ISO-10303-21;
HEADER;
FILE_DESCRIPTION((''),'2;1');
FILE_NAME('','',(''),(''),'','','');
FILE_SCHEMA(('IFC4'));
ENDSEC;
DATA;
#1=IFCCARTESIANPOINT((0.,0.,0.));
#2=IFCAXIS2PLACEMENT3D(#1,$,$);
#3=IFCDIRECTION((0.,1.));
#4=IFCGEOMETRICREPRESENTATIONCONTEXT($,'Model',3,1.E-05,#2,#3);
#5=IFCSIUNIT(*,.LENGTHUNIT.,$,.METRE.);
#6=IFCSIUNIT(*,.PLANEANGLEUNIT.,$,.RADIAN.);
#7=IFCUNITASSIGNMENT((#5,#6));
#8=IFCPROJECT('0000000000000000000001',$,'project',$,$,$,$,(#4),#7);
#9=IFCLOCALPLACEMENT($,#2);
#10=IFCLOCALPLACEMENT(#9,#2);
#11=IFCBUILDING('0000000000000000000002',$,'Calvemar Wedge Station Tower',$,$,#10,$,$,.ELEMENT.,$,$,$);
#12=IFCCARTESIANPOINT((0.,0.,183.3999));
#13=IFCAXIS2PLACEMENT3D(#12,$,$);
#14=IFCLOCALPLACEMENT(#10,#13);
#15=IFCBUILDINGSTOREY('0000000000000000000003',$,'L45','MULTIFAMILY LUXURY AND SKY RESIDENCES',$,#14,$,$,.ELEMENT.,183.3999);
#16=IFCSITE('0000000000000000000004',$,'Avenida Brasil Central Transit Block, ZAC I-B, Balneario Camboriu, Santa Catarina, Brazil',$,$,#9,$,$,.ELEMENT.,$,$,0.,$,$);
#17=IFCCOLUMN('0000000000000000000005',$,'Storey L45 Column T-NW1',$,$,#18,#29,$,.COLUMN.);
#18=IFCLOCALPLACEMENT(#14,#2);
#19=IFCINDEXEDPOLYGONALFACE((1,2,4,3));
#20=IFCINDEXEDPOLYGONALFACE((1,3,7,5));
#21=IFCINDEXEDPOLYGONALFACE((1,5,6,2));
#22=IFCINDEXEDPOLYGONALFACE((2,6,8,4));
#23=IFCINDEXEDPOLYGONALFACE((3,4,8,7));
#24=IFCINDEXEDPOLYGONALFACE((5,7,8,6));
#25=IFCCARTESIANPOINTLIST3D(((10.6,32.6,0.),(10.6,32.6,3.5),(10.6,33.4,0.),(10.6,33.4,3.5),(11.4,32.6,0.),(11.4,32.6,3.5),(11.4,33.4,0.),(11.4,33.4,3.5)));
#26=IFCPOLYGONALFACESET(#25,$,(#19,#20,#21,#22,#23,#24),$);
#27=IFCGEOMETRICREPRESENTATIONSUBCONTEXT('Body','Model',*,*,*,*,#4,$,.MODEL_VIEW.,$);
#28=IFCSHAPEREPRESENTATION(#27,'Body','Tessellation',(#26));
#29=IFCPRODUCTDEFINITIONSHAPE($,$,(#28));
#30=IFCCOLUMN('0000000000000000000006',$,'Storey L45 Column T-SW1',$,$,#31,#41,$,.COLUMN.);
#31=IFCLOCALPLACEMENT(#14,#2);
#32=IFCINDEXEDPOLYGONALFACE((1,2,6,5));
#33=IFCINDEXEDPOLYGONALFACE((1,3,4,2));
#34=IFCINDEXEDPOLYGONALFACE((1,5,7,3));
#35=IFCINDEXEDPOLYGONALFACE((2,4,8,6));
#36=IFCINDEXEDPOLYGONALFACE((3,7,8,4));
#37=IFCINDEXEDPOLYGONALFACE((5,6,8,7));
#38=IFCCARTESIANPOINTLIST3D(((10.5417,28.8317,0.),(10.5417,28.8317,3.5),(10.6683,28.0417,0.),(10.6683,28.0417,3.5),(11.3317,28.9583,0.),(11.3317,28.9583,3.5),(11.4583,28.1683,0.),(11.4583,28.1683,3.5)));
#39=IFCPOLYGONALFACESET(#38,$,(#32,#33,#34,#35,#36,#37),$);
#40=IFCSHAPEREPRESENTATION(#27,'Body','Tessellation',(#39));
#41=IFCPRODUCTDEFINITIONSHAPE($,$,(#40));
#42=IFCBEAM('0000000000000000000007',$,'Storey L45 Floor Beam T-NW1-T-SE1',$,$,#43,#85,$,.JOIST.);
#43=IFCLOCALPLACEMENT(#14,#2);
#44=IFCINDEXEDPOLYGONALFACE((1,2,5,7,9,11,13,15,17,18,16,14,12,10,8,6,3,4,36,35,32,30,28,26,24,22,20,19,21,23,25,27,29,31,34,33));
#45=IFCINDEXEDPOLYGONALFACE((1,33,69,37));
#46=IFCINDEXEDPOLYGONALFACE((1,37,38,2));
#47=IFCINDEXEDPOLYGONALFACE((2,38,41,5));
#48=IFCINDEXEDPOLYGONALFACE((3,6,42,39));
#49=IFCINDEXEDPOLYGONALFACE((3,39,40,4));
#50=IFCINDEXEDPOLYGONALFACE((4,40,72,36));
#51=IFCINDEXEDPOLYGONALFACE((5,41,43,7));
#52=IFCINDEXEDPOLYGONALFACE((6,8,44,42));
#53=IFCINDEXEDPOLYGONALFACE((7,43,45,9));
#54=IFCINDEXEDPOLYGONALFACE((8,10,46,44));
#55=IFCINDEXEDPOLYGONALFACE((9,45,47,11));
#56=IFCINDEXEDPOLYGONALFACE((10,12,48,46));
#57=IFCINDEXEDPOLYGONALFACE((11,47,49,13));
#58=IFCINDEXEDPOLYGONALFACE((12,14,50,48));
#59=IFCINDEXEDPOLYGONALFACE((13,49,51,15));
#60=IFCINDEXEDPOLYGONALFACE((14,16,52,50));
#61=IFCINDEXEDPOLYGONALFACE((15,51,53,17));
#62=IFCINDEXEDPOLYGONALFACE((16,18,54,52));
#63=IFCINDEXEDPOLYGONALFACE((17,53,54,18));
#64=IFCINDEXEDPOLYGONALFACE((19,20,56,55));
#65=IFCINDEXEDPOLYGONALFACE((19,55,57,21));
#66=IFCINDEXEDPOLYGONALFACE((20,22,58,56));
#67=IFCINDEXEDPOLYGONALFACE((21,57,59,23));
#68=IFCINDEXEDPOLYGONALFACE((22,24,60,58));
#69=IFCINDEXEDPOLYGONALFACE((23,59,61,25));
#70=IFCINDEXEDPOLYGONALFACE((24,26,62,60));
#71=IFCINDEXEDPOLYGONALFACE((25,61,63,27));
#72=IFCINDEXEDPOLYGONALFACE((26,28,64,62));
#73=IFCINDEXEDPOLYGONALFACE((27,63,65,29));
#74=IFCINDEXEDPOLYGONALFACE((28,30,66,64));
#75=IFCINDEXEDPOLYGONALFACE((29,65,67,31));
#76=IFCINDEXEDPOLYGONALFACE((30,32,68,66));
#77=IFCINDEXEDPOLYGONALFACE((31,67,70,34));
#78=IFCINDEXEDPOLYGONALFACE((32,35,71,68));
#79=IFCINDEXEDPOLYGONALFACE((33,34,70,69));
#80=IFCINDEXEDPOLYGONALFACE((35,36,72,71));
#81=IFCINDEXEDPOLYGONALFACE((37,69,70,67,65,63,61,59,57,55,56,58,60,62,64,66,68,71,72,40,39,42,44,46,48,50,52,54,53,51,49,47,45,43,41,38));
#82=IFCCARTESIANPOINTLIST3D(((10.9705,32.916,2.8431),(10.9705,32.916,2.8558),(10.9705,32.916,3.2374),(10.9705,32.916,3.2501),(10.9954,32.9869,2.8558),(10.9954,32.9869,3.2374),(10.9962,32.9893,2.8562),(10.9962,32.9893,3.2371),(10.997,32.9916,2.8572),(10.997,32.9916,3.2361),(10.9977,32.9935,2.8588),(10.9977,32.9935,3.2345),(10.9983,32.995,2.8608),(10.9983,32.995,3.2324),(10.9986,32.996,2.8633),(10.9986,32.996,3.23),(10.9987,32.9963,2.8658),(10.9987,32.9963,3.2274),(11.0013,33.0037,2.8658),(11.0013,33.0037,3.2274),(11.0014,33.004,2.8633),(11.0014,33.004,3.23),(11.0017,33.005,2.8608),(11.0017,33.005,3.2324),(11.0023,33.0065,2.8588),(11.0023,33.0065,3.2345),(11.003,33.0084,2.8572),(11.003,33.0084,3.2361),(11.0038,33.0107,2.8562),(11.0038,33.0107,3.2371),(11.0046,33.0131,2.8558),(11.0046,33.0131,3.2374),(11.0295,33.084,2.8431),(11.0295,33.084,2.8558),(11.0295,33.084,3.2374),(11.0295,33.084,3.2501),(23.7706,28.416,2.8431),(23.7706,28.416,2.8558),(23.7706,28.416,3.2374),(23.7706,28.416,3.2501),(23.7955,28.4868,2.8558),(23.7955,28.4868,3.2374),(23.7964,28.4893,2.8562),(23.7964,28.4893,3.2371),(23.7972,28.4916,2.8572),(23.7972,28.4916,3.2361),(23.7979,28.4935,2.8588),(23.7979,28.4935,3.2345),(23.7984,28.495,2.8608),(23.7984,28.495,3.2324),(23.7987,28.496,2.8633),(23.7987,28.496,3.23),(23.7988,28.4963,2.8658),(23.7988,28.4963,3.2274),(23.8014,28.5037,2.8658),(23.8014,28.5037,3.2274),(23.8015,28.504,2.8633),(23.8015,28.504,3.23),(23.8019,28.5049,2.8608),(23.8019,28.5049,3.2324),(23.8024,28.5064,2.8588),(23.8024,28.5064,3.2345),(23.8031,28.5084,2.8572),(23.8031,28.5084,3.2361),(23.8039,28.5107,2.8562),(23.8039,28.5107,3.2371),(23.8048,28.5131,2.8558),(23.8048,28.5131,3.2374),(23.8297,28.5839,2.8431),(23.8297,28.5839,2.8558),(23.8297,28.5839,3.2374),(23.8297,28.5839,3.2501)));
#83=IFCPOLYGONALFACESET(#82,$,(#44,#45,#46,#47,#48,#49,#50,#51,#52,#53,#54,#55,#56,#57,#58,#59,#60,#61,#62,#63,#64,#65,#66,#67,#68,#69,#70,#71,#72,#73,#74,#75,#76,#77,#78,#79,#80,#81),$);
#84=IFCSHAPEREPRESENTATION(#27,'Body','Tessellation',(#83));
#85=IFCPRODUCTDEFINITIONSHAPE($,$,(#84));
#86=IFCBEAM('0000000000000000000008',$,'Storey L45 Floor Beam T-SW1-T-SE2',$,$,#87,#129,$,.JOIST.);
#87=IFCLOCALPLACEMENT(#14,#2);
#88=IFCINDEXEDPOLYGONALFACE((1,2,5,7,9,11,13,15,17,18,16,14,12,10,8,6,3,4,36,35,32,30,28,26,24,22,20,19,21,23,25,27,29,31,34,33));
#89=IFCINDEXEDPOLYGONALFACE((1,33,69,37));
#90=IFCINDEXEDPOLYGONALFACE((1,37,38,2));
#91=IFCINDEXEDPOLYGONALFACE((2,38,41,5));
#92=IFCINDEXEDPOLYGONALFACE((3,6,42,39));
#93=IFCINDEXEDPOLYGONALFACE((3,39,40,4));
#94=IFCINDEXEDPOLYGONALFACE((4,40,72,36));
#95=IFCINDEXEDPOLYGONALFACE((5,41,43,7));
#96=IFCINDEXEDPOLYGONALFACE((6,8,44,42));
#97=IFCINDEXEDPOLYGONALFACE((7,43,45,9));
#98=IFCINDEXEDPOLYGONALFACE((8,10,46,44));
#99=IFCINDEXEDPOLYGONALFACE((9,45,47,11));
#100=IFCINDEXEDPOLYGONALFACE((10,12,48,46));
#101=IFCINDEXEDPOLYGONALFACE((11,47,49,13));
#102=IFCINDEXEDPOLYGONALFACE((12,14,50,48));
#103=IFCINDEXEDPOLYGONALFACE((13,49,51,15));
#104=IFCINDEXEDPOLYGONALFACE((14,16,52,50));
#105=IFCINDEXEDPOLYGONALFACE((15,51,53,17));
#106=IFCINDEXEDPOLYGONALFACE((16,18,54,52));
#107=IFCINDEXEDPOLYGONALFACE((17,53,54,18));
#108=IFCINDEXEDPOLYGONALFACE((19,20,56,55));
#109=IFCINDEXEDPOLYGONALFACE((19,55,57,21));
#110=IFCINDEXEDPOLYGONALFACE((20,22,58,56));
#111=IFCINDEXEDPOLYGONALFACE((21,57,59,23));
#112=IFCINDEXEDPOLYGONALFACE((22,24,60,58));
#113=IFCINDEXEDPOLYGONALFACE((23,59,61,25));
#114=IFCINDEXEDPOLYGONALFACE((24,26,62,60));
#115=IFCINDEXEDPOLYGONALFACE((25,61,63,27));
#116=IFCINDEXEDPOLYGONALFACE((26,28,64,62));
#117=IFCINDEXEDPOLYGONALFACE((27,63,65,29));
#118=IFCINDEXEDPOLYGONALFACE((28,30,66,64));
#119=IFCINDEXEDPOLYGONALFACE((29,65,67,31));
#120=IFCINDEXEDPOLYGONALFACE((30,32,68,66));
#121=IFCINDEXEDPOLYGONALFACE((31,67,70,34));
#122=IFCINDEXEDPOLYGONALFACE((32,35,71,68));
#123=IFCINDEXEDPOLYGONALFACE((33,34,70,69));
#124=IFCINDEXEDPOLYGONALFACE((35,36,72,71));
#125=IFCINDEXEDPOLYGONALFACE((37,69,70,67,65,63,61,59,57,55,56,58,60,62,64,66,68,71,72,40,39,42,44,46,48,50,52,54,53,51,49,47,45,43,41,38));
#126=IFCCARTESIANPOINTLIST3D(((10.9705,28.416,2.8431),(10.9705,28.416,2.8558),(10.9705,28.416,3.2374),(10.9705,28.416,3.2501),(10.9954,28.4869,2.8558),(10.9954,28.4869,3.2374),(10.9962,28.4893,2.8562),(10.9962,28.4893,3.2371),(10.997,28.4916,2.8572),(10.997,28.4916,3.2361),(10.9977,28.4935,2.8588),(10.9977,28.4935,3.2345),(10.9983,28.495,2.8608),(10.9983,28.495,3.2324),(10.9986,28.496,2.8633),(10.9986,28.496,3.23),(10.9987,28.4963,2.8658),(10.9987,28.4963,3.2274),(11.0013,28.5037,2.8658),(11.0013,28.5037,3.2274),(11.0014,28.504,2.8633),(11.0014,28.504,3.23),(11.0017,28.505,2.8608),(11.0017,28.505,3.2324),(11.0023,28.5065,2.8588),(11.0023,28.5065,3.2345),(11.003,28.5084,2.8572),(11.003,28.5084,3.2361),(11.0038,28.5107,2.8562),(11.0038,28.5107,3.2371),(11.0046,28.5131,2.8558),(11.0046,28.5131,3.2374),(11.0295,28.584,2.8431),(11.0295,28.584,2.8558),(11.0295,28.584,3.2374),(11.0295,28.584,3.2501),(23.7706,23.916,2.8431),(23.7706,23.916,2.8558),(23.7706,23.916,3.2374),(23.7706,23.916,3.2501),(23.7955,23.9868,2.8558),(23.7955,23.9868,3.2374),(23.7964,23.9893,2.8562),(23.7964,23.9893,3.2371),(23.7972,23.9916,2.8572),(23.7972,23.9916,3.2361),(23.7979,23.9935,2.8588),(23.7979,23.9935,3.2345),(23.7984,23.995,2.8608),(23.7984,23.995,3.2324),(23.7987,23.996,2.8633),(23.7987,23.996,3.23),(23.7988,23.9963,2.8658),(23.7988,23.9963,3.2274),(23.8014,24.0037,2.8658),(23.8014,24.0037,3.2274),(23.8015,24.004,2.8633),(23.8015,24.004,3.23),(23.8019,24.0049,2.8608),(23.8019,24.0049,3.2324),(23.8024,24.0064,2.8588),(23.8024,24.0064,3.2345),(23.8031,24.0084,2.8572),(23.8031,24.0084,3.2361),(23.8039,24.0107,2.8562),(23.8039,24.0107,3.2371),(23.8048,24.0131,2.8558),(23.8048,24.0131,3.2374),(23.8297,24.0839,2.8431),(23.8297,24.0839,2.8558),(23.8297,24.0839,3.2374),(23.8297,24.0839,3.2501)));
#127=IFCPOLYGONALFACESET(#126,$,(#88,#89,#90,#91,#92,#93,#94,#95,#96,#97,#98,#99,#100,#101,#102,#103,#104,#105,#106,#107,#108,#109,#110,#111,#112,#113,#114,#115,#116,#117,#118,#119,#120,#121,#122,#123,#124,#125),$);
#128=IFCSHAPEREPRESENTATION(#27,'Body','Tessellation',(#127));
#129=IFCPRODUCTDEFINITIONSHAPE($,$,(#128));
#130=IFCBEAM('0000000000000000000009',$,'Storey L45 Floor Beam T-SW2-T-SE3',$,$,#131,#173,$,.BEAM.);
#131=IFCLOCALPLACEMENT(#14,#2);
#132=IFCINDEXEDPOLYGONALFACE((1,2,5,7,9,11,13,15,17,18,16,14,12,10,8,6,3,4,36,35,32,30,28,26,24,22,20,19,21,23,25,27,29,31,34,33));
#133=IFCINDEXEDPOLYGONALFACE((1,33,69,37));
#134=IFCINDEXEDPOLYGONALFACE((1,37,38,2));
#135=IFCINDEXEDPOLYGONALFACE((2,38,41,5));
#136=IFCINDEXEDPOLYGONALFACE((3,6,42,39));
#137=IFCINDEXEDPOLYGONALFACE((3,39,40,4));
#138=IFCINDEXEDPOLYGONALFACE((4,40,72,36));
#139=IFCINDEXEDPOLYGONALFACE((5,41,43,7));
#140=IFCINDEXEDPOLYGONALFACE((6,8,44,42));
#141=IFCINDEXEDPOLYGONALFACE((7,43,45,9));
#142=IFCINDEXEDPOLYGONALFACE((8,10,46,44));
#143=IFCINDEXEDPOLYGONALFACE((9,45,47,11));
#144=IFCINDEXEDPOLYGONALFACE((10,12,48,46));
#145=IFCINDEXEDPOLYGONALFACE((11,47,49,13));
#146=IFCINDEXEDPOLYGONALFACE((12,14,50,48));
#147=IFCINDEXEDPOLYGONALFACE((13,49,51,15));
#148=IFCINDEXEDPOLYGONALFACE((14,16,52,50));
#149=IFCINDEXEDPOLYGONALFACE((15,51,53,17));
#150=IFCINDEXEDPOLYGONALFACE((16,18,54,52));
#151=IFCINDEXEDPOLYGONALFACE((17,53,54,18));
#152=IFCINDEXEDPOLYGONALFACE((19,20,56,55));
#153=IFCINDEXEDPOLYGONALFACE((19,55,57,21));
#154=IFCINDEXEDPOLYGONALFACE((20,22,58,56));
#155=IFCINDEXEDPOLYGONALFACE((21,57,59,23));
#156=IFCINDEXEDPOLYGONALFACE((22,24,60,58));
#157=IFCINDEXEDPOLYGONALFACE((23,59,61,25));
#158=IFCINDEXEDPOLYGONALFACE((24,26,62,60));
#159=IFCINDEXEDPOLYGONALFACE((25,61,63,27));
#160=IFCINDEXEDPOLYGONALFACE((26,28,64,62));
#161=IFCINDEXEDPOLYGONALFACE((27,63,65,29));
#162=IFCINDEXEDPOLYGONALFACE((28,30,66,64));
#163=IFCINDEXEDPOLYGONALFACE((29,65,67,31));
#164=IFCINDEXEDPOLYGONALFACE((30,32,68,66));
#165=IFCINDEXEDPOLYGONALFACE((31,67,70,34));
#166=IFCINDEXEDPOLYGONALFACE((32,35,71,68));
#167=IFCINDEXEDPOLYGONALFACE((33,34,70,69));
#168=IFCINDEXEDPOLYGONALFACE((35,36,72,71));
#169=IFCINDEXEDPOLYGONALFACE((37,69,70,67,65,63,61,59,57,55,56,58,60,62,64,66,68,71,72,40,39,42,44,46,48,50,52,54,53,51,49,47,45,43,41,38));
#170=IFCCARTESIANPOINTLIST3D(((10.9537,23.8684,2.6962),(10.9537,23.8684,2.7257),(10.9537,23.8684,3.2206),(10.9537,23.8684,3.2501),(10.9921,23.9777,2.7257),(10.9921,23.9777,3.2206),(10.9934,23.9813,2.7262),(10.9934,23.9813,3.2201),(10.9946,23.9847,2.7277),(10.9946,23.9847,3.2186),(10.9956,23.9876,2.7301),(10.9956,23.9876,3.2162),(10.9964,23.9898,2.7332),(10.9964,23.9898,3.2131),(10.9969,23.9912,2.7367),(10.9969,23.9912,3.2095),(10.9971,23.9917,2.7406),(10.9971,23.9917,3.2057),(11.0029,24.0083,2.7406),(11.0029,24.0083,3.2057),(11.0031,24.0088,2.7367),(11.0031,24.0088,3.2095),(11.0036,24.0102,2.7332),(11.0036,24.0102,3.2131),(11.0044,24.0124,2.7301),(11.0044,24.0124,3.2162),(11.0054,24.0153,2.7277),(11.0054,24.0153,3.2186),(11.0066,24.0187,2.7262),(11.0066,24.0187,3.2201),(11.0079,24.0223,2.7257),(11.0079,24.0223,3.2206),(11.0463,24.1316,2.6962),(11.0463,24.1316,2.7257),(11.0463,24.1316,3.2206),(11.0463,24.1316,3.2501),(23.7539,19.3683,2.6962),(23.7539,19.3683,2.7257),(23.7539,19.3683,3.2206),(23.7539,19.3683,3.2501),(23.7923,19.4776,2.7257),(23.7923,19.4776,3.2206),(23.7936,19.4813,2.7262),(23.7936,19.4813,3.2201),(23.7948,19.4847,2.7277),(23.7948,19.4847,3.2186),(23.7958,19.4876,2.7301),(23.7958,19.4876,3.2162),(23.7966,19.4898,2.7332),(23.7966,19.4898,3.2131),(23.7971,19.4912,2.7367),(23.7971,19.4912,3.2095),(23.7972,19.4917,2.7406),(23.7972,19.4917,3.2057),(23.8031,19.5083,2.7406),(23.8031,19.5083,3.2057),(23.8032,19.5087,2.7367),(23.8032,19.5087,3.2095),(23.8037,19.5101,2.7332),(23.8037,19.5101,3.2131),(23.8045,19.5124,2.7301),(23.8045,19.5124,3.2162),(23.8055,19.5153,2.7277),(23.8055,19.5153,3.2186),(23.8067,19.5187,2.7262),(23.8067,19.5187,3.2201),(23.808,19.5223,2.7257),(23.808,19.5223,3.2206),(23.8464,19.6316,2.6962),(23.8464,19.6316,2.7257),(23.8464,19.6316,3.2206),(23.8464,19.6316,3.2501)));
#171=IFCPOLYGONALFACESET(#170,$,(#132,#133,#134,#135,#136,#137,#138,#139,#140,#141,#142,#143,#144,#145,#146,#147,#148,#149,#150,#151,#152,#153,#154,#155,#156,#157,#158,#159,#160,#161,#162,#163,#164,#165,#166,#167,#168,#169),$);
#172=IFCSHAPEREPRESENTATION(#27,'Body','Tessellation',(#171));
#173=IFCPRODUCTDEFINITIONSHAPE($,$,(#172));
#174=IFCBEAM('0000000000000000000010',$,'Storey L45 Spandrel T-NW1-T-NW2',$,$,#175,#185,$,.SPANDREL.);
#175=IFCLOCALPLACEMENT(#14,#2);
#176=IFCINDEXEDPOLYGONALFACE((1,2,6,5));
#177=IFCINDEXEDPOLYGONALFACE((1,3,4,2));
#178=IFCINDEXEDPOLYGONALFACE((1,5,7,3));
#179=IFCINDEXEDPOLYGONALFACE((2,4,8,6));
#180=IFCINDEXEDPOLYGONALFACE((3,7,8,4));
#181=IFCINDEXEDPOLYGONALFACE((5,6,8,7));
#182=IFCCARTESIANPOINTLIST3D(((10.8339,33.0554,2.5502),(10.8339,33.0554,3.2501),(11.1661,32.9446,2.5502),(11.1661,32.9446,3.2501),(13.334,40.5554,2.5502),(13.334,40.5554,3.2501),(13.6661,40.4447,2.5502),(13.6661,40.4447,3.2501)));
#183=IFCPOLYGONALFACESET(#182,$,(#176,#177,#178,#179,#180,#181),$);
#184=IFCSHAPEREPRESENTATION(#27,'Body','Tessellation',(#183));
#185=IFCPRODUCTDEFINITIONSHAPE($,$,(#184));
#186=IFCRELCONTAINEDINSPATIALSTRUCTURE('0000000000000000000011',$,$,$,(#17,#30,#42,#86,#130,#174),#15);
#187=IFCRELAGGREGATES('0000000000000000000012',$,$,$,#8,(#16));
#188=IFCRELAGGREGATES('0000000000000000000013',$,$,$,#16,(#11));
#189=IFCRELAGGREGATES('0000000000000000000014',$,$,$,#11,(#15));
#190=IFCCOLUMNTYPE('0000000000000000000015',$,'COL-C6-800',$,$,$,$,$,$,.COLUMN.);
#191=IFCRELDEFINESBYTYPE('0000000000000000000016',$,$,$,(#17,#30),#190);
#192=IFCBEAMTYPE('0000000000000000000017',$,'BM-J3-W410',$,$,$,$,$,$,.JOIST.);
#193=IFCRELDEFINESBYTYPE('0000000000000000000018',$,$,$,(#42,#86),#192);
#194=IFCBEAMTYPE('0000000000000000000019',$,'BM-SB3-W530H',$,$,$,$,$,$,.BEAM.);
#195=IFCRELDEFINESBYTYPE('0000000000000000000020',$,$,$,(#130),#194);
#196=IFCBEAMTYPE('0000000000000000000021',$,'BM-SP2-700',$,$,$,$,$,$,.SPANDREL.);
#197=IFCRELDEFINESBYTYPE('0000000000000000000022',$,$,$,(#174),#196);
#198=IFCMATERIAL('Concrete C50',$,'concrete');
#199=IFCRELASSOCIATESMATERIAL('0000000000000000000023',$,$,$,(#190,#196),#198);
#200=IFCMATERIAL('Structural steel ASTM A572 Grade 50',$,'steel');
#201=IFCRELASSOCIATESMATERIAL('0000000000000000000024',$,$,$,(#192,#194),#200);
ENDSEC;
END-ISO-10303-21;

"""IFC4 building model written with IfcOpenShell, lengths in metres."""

from ifc_helpers import new_model, si_unit, direction, frame, origin, origin_2d, place, context, subcontext, project, spatial, rectangle, i_section, extrude, source, transform, mapped, material, material_profile, profile_set, type_object, element, save


model = new_model("IFC4")

# Units and contexts
model_context = context("Model", 3, precision=1e-05, world=origin(), true_north=direction((0.0, 1.0)))
body_context = subcontext(model_context, "Body", "Model", "MODEL_VIEW")
ifc_project = project(units=[si_unit("LENGTHUNIT", "METRE"), si_unit("PLANEANGLEUNIT", "RADIAN")], contexts=[model_context])

# Site, building, storey
site_placement = place(None, origin())
site = spatial("IfcSite", under=ifc_project, at=site_placement, Name="Avenida Brasil Central Transit Block, ZAC I-B, Balneario Camboriu, Santa Catarina, Brazil", CompositionType="ELEMENT", RefElevation=0.0)
building_placement = place(site_placement, origin())
building = spatial("IfcBuilding", under=site, at=building_placement, Name="Calvemar Wedge Station Tower", CompositionType="ELEMENT")
storey_placement = place(building_placement, frame((0.0, 0.0, 183.3999)))
storey = spatial("IfcBuildingStorey", under=building, at=storey_placement, Name="L45", Description="MULTIFAMILY LUXURY AND SKY RESIDENCES", CompositionType="ELEMENT", Elevation=183.3999)

# Columns
ifc_material_1 = material(Name="Concrete C50", Category="concrete")
ifc_material_profile_1 = material_profile(ifc_material_1, rectangle(XDim=0.8, YDim=0.8, at=origin_2d()), Name="RC800x800")
ifc_profile_set_1 = profile_set([ifc_material_profile_1], Name="Concrete C50")
column_type = type_object("IfcColumnType", Name="COL-C6-800", PredefinedType="COLUMN", material=ifc_profile_set_1)
shared_shape_1 = source(origin(), body_context, "Body", "SweptSolid", [
    extrude(rectangle(XDim=0.8, YDim=0.8, at=origin_2d()), origin(), (0.0, 0.0, 1.0), 3.5),
])
for number, where, z_axis, x_axis, name in (
    (1, (11.0, 33.0, 0.0), (0.0, 0.0, 1.0), (1.0, 0.0, 0.0), "Storey L45 Column T-NW1"),
    (2, (11.0, 28.5, 0.0), (0.0, 0.0, 1.0), (0.158158, -0.987414, 0.0), "Storey L45 Column T-SW1"),
):
    element("IfcColumn", number, at=place(storey_placement, frame(where, z_axis=z_axis, x_axis=x_axis)), inside=storey, type_object=column_type, Name=name, PredefinedType="COLUMN", context=body_context, shape_type="MappedRepresentation", body=[
        mapped(shared_shape_1, transform((0.0, 0.0, 0.0), scale=1.0)),
    ])

# Beams
ifc_material_2 = material(Name="Structural steel ASTM A572 Grade 50", Category="steel")
ifc_material_profile_2 = material_profile(ifc_material_2, i_section(OverallWidth=0.178, OverallDepth=0.407, WebThickness=0.0078, FlangeThickness=0.0127, FilletRadius=0.01, at=origin_2d()), Name="W410x60")
ifc_profile_set_2 = profile_set([ifc_material_profile_2], Name="Structural steel ASTM A572 Grade 50")
beam_type_1 = type_object("IfcBeamType", Name="BM-J3-W410", PredefinedType="JOIST", material=ifc_profile_set_2)
shared_shape_2 = source(origin(), body_context, "Body", "SweptSolid", [
    extrude(i_section(OverallWidth=0.178, OverallDepth=0.407, WebThickness=0.0078, FlangeThickness=0.0127, FilletRadius=0.01, at=origin_2d()), origin(), (0.0, 0.0, 1.0), 13.5681),
])
for number, where, z_axis, x_axis, name in (
    (3, (11.0, 33.0, 3.0466), (0.943398, -0.331662, 0.0), (0.331662, 0.943398, 0.0), "Storey L45 Floor Beam T-NW1-T-SE1"),
    (4, (11.0, 28.5, 3.0466), (0.943398, -0.331662, 0.0), (0.331662, 0.943398, 0.0), "Storey L45 Floor Beam T-SW1-T-SE2"),
):
    element("IfcBeam", number, at=place(storey_placement, frame(where, z_axis=z_axis, x_axis=x_axis)), inside=storey, type_object=beam_type_1, Name=name, PredefinedType="JOIST", context=body_context, shape_type="MappedRepresentation", body=[
        mapped(shared_shape_2, transform((0.0, 0.0, 0.0), scale=1.0)),
    ])
ifc_material_profile_3 = material_profile(ifc_material_2, i_section(OverallWidth=0.2791, OverallDepth=0.554, WebThickness=0.0176, FlangeThickness=0.0295, FilletRadius=0.0149, at=origin_2d()), Name="W530x196")
ifc_profile_set_3 = profile_set([ifc_material_profile_3], Name="Structural steel ASTM A572 Grade 50")
beam_type_2 = type_object("IfcBeamType", Name="BM-SB3-W530H", PredefinedType="BEAM", material=ifc_profile_set_3)
shared_shape_3 = source(origin(), body_context, "Body", "SweptSolid", [
    extrude(i_section(OverallWidth=0.2791, OverallDepth=0.554, WebThickness=0.0176, FlangeThickness=0.0295, FilletRadius=0.0149, at=origin_2d()), origin(), (0.0, 0.0, 1.0), 13.5681),
])
beam_1_placement = place(storey_placement, frame((11.0, 24.0, 2.9731), z_axis=(0.943398, -0.331662, 0.0), x_axis=(0.331662, 0.943398, 0.0)))
element("IfcBeam", 5, at=beam_1_placement, inside=storey, type_object=beam_type_2, Name="Storey L45 Floor Beam T-SW2-T-SE3", PredefinedType="BEAM", context=body_context, shape_type="MappedRepresentation", body=[
    mapped(shared_shape_3, transform((0.0, 0.0, 0.0), scale=1.0)),
])
ifc_material_profile_4 = material_profile(ifc_material_1, rectangle(XDim=0.3501, YDim=0.7, at=origin_2d()), Name="RC350x700")
ifc_profile_set_4 = profile_set([ifc_material_profile_4], Name="Concrete C50")
beam_type_3 = type_object("IfcBeamType", Name="BM-SP2-700", PredefinedType="SPANDREL", material=ifc_profile_set_4)
shared_shape_4 = source(origin(), body_context, "Body", "SweptSolid", [
    extrude(rectangle(XDim=0.3501, YDim=0.7, at=origin_2d()), origin(), (0.0, 0.0, 1.0), 7.9058),
])
beam_2_placement = place(storey_placement, frame((11.0, 33.0, 2.9001), z_axis=(0.316228, 0.948683, 0.0), x_axis=(-0.948683, 0.316228, 0.0)))
element("IfcBeam", 6, at=beam_2_placement, inside=storey, type_object=beam_type_3, Name="Storey L45 Spandrel T-NW1-T-NW2", PredefinedType="SPANDREL", context=body_context, shape_type="MappedRepresentation", body=[
    mapped(shared_shape_4, transform((0.0, 0.0, 0.0), scale=1.0)),
])

save(model, "model.ifc")
